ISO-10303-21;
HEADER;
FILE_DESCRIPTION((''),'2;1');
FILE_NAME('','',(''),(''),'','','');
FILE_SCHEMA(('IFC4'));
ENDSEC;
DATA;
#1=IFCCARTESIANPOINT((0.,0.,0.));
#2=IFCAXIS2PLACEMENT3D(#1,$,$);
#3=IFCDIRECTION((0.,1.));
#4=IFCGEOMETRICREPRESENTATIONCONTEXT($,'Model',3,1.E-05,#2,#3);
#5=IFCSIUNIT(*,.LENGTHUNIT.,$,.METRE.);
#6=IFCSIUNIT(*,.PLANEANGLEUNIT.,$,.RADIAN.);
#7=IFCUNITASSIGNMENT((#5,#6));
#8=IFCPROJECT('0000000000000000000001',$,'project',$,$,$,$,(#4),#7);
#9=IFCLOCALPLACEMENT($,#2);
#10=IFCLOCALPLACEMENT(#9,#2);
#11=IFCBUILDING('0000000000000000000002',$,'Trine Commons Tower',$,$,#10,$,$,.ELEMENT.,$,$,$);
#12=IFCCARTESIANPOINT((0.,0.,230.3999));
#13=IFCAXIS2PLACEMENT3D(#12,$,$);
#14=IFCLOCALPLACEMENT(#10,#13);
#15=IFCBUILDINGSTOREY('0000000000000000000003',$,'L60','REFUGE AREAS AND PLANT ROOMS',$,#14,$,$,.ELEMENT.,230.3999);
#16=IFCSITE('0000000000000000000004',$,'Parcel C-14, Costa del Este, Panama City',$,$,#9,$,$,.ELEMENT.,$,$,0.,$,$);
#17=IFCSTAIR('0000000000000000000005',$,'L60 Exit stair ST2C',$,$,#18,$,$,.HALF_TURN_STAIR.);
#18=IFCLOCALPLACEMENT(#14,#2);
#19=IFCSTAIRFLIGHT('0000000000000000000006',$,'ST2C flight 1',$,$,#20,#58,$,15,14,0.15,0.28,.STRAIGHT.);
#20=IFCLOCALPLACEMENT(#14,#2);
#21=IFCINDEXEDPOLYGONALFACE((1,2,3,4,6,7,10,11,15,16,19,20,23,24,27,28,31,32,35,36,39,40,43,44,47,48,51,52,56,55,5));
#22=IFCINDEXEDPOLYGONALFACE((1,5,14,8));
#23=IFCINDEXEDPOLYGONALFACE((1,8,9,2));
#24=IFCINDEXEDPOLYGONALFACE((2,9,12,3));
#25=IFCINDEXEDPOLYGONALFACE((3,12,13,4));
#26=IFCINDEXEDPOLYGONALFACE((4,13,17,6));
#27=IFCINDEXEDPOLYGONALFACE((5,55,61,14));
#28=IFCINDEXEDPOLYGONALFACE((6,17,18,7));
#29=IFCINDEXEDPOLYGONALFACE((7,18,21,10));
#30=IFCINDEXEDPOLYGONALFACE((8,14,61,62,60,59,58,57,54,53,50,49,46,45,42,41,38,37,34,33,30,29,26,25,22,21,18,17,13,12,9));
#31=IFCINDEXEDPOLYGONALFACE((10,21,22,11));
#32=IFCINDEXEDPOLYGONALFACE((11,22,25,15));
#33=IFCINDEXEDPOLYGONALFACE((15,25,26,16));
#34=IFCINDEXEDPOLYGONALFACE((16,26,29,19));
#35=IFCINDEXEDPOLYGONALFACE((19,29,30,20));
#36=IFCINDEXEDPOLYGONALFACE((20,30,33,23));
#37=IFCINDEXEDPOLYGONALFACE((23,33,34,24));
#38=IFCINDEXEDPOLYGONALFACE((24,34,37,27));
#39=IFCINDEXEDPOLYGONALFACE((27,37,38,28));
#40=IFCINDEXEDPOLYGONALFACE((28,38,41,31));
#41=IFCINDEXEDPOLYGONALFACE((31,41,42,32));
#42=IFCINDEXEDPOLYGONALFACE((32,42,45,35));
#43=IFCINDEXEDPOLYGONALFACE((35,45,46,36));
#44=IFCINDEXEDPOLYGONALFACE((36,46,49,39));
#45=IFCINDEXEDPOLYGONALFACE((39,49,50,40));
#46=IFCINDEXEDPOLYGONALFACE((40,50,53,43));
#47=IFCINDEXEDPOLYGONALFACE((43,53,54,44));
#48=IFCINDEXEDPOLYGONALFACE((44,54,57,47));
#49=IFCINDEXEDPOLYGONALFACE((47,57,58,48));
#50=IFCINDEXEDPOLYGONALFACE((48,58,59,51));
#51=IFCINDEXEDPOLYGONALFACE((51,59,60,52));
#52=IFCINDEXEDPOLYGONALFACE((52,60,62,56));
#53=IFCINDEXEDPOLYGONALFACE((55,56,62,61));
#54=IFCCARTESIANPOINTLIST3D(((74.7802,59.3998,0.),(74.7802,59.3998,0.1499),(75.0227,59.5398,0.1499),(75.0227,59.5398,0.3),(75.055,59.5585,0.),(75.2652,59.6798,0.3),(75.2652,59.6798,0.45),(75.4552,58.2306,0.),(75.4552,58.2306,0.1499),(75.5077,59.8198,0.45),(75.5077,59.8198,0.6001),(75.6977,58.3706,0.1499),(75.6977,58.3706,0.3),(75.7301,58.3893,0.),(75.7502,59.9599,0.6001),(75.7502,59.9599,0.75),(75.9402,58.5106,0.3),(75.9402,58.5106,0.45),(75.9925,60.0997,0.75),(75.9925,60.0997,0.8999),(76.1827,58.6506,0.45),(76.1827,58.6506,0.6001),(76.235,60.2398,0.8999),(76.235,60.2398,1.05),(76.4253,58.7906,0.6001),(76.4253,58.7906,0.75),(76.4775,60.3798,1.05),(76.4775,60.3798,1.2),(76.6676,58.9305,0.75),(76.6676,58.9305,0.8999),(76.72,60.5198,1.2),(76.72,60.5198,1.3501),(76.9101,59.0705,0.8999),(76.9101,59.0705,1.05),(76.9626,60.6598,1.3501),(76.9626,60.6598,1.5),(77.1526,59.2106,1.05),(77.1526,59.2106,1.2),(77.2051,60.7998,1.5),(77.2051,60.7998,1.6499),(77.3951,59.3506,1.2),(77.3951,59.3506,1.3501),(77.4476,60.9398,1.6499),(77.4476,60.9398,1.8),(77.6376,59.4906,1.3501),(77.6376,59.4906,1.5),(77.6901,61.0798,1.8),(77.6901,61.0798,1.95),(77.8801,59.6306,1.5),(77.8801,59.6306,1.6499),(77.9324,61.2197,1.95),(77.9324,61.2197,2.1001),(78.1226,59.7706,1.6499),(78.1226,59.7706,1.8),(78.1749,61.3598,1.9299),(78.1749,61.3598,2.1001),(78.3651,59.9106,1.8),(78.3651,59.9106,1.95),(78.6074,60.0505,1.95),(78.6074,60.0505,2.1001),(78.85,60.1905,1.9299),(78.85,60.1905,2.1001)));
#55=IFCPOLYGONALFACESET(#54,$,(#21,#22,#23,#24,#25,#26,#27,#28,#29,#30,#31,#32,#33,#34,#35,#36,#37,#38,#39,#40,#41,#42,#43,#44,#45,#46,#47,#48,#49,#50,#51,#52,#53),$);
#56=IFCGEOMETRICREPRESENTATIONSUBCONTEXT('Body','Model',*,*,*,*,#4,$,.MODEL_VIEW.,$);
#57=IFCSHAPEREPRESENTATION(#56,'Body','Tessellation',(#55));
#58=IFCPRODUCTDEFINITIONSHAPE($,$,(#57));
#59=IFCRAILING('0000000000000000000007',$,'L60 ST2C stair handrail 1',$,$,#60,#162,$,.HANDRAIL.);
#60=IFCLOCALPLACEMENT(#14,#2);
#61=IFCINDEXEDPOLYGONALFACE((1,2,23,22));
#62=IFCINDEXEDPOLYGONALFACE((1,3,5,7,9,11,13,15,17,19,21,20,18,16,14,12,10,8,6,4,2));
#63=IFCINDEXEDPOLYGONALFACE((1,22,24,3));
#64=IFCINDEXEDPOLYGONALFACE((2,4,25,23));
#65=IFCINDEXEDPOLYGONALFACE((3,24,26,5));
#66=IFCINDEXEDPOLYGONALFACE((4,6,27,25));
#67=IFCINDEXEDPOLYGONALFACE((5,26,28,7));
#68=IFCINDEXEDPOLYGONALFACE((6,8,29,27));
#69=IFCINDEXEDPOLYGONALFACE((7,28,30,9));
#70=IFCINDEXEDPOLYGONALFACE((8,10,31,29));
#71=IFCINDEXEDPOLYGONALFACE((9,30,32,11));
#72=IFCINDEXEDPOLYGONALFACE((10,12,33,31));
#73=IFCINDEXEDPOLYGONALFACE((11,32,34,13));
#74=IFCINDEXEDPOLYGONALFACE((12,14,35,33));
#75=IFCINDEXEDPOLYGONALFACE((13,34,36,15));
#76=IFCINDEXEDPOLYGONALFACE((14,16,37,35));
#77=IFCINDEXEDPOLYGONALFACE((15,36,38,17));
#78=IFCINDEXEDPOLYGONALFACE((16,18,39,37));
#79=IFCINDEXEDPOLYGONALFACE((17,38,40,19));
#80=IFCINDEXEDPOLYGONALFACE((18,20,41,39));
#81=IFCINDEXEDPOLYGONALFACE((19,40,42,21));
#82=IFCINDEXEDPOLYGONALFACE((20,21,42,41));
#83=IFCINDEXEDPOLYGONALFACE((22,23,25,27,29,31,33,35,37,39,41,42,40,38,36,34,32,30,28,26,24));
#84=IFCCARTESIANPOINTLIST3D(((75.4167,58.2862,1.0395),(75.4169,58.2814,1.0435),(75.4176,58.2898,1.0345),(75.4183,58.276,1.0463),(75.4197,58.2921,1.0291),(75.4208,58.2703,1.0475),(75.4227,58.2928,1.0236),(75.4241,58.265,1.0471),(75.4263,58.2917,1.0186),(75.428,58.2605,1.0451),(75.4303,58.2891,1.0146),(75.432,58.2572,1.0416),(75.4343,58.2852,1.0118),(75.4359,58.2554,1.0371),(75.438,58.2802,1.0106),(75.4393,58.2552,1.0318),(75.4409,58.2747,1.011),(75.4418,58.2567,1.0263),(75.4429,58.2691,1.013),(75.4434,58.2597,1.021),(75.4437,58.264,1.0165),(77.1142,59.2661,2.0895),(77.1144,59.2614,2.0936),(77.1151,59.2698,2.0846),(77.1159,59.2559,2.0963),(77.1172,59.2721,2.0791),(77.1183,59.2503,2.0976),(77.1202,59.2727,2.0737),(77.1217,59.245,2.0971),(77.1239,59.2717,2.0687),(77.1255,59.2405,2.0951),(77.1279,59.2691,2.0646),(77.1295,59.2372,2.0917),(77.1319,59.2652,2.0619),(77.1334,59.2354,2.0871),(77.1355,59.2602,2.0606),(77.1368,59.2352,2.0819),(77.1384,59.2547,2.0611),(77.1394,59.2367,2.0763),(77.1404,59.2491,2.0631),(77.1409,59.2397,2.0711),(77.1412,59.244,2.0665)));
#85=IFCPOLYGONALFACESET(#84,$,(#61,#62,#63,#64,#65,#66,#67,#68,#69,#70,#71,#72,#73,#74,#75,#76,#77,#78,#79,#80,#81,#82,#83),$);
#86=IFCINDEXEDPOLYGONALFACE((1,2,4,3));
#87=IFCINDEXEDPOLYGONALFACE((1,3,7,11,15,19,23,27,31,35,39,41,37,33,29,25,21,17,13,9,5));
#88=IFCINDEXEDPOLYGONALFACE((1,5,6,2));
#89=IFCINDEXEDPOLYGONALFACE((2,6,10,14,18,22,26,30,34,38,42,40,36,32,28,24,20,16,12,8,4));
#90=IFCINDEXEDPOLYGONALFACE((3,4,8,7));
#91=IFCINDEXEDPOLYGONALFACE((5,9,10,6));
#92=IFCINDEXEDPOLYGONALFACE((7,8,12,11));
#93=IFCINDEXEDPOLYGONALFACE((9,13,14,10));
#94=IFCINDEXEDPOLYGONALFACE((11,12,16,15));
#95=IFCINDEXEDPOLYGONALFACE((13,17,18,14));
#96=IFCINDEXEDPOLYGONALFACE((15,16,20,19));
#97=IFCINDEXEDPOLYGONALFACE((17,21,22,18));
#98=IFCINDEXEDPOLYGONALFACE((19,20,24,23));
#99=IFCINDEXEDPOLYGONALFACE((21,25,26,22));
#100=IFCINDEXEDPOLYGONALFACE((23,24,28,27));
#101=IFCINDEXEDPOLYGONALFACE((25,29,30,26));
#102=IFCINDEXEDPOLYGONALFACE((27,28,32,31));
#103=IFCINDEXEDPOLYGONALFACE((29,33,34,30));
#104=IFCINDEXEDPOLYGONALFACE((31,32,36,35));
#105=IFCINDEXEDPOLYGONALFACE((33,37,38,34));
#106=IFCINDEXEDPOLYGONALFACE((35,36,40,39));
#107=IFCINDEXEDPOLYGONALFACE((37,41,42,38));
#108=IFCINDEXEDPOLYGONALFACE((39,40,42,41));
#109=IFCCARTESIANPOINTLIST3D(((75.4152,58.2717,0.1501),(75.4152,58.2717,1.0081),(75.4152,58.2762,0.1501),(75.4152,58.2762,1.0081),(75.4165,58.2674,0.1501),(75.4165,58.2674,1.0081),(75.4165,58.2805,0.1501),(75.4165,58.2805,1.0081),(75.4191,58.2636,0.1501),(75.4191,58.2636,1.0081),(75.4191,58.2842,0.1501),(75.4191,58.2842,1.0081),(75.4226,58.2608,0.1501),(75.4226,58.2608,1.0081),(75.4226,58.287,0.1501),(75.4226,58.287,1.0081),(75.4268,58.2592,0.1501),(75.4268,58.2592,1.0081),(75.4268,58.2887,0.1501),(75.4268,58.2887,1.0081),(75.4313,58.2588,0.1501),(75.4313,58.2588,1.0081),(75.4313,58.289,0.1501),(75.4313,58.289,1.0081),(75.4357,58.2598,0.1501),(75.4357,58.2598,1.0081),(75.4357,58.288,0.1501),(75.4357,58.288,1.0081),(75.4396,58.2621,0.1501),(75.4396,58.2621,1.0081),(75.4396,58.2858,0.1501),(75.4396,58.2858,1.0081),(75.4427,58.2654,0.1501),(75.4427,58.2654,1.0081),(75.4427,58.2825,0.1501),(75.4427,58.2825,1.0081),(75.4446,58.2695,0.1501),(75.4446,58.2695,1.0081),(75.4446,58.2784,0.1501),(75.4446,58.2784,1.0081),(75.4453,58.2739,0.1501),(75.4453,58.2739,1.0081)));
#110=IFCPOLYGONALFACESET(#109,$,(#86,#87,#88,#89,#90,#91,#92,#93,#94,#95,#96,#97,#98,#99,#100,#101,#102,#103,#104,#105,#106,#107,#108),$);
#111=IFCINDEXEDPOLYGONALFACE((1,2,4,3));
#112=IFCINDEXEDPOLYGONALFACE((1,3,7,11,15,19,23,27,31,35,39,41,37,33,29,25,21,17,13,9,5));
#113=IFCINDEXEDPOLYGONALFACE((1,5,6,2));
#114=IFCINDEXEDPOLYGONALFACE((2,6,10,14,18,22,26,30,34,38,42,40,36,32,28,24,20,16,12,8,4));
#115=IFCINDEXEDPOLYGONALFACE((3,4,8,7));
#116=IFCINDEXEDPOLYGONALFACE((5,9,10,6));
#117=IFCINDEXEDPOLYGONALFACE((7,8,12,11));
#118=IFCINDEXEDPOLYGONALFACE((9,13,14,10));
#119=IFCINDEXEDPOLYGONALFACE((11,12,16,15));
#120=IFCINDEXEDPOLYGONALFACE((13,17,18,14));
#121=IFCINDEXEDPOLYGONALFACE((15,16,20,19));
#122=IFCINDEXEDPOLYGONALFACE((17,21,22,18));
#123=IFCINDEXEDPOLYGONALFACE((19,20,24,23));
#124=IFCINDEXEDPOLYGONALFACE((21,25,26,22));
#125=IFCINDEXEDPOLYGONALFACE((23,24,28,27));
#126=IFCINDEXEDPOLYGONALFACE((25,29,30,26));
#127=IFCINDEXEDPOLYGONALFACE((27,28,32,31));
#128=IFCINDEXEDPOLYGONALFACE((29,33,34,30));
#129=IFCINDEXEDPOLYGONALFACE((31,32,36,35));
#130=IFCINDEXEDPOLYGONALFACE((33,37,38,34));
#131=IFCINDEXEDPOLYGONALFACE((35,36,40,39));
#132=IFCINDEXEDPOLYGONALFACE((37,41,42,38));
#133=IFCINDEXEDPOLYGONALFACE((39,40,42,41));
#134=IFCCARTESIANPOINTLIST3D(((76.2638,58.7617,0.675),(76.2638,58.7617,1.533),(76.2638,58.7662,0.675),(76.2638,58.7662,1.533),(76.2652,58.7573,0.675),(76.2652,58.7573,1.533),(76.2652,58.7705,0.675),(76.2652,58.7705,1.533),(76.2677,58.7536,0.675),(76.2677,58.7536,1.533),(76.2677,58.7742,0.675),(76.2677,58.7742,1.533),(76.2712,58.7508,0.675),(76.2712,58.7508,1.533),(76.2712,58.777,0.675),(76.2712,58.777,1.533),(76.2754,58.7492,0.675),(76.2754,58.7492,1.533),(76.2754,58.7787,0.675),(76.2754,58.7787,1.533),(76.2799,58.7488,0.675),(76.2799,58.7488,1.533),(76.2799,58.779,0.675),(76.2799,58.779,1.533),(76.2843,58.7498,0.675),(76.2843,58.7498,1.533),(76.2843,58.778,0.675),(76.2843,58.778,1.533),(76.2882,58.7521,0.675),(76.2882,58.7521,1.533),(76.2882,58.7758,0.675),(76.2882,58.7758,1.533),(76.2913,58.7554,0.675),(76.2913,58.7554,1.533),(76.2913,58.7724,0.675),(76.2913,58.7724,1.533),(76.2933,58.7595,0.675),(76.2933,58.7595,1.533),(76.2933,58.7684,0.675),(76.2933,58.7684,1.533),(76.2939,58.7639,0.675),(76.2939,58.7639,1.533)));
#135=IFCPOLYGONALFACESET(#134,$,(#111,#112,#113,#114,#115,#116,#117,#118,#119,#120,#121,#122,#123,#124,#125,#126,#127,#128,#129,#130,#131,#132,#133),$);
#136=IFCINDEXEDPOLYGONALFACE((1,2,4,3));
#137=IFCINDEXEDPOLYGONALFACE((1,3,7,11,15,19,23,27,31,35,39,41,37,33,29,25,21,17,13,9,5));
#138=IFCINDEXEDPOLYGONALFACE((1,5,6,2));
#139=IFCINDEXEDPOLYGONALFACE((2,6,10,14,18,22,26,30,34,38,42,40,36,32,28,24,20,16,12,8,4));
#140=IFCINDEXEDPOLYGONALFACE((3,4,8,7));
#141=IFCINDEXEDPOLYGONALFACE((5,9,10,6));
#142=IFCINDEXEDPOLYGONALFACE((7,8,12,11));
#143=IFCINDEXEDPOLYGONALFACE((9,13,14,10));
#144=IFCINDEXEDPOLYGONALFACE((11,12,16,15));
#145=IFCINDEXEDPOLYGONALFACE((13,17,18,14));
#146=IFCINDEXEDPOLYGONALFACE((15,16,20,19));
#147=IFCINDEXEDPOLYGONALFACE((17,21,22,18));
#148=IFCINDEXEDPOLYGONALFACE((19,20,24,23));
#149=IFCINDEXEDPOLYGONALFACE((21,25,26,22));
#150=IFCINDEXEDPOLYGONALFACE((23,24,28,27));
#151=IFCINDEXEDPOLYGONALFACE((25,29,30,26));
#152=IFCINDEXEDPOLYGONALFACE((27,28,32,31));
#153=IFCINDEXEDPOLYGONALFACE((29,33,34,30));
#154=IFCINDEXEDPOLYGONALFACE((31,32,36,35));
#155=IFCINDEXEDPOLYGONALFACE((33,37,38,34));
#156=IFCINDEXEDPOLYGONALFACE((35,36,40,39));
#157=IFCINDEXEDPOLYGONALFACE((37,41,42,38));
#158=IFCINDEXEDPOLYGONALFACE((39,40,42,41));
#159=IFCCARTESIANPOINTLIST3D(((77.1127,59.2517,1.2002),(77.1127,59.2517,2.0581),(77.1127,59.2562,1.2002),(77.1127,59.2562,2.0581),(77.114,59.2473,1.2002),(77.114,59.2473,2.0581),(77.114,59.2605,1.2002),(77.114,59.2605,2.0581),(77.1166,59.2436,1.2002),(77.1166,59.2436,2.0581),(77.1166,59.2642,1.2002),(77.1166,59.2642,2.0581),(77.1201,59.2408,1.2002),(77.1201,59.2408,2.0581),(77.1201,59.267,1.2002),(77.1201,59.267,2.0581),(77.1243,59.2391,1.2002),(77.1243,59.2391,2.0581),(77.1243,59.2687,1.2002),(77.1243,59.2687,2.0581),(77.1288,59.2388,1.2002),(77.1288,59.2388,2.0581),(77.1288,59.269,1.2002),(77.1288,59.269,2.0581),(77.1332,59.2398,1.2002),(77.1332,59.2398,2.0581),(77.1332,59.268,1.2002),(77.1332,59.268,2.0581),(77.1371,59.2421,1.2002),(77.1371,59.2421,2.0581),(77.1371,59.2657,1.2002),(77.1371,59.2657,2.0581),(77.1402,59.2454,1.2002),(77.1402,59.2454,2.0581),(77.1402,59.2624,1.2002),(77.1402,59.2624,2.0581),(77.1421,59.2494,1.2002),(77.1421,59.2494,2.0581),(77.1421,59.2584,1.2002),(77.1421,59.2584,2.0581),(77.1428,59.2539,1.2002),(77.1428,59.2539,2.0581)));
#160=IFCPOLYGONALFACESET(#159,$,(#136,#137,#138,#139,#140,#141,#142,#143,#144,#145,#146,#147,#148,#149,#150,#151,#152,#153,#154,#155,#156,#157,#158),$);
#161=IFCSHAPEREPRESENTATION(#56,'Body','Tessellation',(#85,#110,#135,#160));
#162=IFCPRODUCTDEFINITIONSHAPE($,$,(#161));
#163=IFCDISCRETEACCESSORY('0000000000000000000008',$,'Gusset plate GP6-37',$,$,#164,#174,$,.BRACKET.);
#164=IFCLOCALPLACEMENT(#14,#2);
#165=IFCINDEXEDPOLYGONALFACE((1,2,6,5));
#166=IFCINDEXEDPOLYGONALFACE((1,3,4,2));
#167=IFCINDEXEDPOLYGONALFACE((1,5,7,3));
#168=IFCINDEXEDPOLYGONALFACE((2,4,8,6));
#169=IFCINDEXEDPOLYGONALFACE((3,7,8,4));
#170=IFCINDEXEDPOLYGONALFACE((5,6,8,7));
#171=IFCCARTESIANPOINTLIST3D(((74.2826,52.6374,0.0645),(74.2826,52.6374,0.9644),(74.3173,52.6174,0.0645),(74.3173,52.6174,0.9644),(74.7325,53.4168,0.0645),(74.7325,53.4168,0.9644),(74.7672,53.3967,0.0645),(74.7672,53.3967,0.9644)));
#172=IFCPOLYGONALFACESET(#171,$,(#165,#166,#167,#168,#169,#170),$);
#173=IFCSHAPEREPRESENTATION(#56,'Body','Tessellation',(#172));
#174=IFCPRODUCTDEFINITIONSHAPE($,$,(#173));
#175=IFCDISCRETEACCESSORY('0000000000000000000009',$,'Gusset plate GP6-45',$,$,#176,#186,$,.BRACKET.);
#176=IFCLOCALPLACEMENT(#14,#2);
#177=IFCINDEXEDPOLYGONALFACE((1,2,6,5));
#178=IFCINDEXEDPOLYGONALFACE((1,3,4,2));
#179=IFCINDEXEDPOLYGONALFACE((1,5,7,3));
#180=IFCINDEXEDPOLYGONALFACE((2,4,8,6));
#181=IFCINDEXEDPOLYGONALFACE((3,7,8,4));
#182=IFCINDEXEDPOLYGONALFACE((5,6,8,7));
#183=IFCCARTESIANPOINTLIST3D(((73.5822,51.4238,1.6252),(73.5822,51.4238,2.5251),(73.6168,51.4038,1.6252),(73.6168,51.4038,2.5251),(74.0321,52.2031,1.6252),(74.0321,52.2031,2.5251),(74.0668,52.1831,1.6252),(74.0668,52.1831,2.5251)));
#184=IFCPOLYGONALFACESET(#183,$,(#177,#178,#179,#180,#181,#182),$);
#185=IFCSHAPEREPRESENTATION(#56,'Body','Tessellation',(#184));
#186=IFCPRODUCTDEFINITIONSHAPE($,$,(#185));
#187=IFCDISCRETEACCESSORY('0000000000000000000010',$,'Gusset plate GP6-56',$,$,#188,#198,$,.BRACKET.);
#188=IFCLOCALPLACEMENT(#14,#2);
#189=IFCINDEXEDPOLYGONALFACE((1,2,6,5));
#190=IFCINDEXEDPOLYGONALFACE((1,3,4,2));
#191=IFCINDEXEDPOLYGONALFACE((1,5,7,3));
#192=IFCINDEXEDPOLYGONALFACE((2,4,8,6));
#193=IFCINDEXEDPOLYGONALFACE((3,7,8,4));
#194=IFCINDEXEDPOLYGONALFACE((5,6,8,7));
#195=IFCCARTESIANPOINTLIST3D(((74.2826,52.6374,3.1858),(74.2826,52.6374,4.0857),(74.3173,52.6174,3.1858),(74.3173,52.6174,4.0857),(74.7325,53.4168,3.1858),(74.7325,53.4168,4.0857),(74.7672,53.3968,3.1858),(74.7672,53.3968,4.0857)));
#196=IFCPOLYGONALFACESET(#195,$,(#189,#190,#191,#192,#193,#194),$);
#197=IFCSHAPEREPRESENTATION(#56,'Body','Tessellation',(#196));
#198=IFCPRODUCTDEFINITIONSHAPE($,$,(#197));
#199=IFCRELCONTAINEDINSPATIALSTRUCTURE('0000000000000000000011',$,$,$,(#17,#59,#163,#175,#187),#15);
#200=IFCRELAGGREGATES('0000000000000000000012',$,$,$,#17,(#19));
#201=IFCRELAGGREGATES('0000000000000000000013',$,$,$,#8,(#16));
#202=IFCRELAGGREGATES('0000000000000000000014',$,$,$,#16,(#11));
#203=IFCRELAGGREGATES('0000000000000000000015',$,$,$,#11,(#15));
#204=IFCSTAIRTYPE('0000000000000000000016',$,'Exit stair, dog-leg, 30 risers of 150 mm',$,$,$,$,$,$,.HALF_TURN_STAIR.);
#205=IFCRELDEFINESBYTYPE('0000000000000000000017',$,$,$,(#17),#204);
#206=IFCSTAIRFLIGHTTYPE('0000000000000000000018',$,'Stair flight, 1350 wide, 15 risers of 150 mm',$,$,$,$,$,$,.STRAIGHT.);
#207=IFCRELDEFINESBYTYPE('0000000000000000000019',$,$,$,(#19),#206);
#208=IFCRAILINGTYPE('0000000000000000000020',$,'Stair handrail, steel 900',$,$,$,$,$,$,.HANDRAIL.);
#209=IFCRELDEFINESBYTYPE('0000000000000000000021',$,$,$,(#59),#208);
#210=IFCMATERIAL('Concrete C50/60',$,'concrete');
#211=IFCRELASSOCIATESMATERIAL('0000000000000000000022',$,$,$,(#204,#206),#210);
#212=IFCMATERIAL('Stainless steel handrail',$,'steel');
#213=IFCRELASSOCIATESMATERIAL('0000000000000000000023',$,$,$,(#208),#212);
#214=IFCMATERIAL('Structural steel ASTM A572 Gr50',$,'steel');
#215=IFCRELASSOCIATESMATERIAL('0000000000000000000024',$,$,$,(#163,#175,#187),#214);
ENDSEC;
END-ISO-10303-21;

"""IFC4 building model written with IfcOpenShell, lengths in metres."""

from ifc_helpers import new_model, si_unit, direction, frame, origin, origin_2d, place, context, subcontext, project, spatial, polyline, rectangle, circle, outline, extrude, material, type_object, element, aggregate, save


model = new_model("IFC4")

# Units and contexts
model_context = context("Model", 3, precision=1e-05, world=origin(), true_north=direction((0.0, 1.0)))
body_context = subcontext(model_context, "Body", "Model", "MODEL_VIEW")
ifc_project = project(units=[si_unit("LENGTHUNIT", "METRE"), si_unit("PLANEANGLEUNIT", "RADIAN")], contexts=[model_context])

# Site, building, storey
site_placement = place(None, origin())
site = spatial("IfcSite", under=ifc_project, at=site_placement, Name="Parcel C-14, Costa del Este, Panama City", CompositionType="ELEMENT", RefElevation=0.0)
building_placement = place(site_placement, origin())
building = spatial("IfcBuilding", under=site, at=building_placement, Name="Trine Commons Tower", CompositionType="ELEMENT")
storey_placement = place(building_placement, frame((0.0, 0.0, 230.3999)))
storey = spatial("IfcBuildingStorey", under=building, at=storey_placement, Name="L60", Description="REFUGE AREAS AND PLANT ROOMS", CompositionType="ELEMENT", Elevation=230.3999)

# Shared definitions
ifc_material_1 = material(Name="Concrete C50/60", Category="concrete")

# Stair, stair flight
stair_type = type_object("IfcStairType", Name="Exit stair, dog-leg, 30 risers of 150 mm", PredefinedType="HALF_TURN_STAIR", material=ifc_material_1)
stair_placement = place(storey_placement, origin())
stair = element("IfcStair", 1, at=stair_placement, inside=storey, type_object=stair_type, Name="L60 Exit stair ST2C", PredefinedType="HALF_TURN_STAIR")
stair_flight_type = type_object("IfcStairFlightType", Name="Stair flight, 1350 wide, 15 risers of 150 mm", PredefinedType="STRAIGHT", material=ifc_material_1)
stair_flight_placement = place(storey_placement, frame((75.1177, 58.8152, 0.0), z_axis=(0.0, 0.0, 1.0), x_axis=(0.866025, 0.5, 0.0)))
stair_flight = element("IfcStairFlight", 2, at=stair_flight_placement, type_object=stair_flight_type, Name="ST2C flight 1", NumberOfRisers=15, NumberOfTreads=14, PredefinedType="STRAIGHT", RiserHeight=0.15, TreadLength=0.28, context=body_context, shape_type="SweptSolid", body=[
    extrude(outline(polyline([(0.0, 0.0), (0.0, 0.1499), (0.28, 0.1499), (0.28, 0.3), (0.5601, 0.3), (0.5601, 0.45), (0.8401, 0.45), (0.8401, 0.6001), (1.1201, 0.6001), (1.1201, 0.75), (1.3999, 0.75), (1.3999, 0.8999), (1.6799, 0.8999), (1.6799, 1.05), (1.96, 1.05), (1.96, 1.2), (2.24, 1.2), (2.24, 1.3501), (2.52, 1.3501), (2.52, 1.5), (2.8, 1.5), (2.8, 1.6499), (3.0801, 1.6499), (3.0801, 1.8), (3.3601, 1.8), (3.3601, 1.95), (3.6399, 1.95), (3.6399, 2.1001), (3.9199, 2.1001), (3.9199, 2.25), (3.9199, 1.9299), (0.3174, 0.0), (0.0, 0.0)])), frame((0.0, 0.675, 0.0), z_axis=(0.0, -1.0, 0.0), x_axis=(1.0, 0.0, 0.0)), (0.0, 0.0, 1.0), 1.3501),
])
aggregate(stair, [stair_flight])

# Railing
ifc_material_2 = material(Name="Stainless steel handrail", Category="steel")
railing_type = type_object("IfcRailingType", Name="Stair handrail, steel 900", PredefinedType="HANDRAIL", material=ifc_material_2)
railing_placement = place(storey_placement, frame((75.4302, 58.2739, 0.1501)))
element("IfcRailing", 3, at=railing_placement, inside=storey, type_object=railing_type, Name="L60 ST2C stair handrail 1", PredefinedType="HANDRAIL", context=body_context, shape_type="SweptSolid", body=[
    extrude(circle(Radius=0.021, at=origin_2d()), frame((0.0, 0.0, 0.8789), z_axis=(0.763398, 0.440713, 0.472224), x_axis=(-0.49997, 0.866042, 0.0)), (0.0, 0.0, 1.0), 2.2236),
    extrude(circle(Radius=0.0151, at=origin_2d()), origin(), (0.0, 0.0, 1.0), 0.8579),
    extrude(circle(Radius=0.0151, at=origin_2d()), frame((0.8486, 0.49, 0.5249)), (0.0, 0.0, 1.0), 0.8579),
    extrude(circle(Radius=0.0151, at=origin_2d()), frame((1.6975, 0.98, 1.05)), (0.0, 0.0, 1.0), 0.8579),
])

# Discrete accessories
ifc_material_3 = material(Name="Structural steel ASTM A572 Gr50", Category="steel")
for number, where, z_axis, x_axis, name in (
    (4, (74.5249, 53.0171, 0.0645), (0.0, 0.0, 1.0), (-0.5, -0.866025, 0.0), "Gusset plate GP6-37"),
    (5, (73.8245, 51.8035, 1.6252), (0.0, 0.0, 1.0), (-0.499985, -0.866034, 0.0), "Gusset plate GP6-45"),
    (6, (74.5249, 53.0171, 3.1858), (0.0, 0.0, 1.0), (-0.499985, -0.866034, 0.0), "Gusset plate GP6-56"),
):
    element("IfcDiscreteAccessory", number, at=place(storey_placement, frame(where, z_axis=z_axis, x_axis=x_axis)), inside=storey, material=ifc_material_3, Name=name, PredefinedType="BRACKET", context=body_context, shape_type="SweptSolid", body=[
        extrude(rectangle(XDim=0.8999, YDim=0.04, at=origin_2d()), origin(), (0.0, 0.0, 1.0), 0.8999),
    ])

save(model, "model.ifc")
